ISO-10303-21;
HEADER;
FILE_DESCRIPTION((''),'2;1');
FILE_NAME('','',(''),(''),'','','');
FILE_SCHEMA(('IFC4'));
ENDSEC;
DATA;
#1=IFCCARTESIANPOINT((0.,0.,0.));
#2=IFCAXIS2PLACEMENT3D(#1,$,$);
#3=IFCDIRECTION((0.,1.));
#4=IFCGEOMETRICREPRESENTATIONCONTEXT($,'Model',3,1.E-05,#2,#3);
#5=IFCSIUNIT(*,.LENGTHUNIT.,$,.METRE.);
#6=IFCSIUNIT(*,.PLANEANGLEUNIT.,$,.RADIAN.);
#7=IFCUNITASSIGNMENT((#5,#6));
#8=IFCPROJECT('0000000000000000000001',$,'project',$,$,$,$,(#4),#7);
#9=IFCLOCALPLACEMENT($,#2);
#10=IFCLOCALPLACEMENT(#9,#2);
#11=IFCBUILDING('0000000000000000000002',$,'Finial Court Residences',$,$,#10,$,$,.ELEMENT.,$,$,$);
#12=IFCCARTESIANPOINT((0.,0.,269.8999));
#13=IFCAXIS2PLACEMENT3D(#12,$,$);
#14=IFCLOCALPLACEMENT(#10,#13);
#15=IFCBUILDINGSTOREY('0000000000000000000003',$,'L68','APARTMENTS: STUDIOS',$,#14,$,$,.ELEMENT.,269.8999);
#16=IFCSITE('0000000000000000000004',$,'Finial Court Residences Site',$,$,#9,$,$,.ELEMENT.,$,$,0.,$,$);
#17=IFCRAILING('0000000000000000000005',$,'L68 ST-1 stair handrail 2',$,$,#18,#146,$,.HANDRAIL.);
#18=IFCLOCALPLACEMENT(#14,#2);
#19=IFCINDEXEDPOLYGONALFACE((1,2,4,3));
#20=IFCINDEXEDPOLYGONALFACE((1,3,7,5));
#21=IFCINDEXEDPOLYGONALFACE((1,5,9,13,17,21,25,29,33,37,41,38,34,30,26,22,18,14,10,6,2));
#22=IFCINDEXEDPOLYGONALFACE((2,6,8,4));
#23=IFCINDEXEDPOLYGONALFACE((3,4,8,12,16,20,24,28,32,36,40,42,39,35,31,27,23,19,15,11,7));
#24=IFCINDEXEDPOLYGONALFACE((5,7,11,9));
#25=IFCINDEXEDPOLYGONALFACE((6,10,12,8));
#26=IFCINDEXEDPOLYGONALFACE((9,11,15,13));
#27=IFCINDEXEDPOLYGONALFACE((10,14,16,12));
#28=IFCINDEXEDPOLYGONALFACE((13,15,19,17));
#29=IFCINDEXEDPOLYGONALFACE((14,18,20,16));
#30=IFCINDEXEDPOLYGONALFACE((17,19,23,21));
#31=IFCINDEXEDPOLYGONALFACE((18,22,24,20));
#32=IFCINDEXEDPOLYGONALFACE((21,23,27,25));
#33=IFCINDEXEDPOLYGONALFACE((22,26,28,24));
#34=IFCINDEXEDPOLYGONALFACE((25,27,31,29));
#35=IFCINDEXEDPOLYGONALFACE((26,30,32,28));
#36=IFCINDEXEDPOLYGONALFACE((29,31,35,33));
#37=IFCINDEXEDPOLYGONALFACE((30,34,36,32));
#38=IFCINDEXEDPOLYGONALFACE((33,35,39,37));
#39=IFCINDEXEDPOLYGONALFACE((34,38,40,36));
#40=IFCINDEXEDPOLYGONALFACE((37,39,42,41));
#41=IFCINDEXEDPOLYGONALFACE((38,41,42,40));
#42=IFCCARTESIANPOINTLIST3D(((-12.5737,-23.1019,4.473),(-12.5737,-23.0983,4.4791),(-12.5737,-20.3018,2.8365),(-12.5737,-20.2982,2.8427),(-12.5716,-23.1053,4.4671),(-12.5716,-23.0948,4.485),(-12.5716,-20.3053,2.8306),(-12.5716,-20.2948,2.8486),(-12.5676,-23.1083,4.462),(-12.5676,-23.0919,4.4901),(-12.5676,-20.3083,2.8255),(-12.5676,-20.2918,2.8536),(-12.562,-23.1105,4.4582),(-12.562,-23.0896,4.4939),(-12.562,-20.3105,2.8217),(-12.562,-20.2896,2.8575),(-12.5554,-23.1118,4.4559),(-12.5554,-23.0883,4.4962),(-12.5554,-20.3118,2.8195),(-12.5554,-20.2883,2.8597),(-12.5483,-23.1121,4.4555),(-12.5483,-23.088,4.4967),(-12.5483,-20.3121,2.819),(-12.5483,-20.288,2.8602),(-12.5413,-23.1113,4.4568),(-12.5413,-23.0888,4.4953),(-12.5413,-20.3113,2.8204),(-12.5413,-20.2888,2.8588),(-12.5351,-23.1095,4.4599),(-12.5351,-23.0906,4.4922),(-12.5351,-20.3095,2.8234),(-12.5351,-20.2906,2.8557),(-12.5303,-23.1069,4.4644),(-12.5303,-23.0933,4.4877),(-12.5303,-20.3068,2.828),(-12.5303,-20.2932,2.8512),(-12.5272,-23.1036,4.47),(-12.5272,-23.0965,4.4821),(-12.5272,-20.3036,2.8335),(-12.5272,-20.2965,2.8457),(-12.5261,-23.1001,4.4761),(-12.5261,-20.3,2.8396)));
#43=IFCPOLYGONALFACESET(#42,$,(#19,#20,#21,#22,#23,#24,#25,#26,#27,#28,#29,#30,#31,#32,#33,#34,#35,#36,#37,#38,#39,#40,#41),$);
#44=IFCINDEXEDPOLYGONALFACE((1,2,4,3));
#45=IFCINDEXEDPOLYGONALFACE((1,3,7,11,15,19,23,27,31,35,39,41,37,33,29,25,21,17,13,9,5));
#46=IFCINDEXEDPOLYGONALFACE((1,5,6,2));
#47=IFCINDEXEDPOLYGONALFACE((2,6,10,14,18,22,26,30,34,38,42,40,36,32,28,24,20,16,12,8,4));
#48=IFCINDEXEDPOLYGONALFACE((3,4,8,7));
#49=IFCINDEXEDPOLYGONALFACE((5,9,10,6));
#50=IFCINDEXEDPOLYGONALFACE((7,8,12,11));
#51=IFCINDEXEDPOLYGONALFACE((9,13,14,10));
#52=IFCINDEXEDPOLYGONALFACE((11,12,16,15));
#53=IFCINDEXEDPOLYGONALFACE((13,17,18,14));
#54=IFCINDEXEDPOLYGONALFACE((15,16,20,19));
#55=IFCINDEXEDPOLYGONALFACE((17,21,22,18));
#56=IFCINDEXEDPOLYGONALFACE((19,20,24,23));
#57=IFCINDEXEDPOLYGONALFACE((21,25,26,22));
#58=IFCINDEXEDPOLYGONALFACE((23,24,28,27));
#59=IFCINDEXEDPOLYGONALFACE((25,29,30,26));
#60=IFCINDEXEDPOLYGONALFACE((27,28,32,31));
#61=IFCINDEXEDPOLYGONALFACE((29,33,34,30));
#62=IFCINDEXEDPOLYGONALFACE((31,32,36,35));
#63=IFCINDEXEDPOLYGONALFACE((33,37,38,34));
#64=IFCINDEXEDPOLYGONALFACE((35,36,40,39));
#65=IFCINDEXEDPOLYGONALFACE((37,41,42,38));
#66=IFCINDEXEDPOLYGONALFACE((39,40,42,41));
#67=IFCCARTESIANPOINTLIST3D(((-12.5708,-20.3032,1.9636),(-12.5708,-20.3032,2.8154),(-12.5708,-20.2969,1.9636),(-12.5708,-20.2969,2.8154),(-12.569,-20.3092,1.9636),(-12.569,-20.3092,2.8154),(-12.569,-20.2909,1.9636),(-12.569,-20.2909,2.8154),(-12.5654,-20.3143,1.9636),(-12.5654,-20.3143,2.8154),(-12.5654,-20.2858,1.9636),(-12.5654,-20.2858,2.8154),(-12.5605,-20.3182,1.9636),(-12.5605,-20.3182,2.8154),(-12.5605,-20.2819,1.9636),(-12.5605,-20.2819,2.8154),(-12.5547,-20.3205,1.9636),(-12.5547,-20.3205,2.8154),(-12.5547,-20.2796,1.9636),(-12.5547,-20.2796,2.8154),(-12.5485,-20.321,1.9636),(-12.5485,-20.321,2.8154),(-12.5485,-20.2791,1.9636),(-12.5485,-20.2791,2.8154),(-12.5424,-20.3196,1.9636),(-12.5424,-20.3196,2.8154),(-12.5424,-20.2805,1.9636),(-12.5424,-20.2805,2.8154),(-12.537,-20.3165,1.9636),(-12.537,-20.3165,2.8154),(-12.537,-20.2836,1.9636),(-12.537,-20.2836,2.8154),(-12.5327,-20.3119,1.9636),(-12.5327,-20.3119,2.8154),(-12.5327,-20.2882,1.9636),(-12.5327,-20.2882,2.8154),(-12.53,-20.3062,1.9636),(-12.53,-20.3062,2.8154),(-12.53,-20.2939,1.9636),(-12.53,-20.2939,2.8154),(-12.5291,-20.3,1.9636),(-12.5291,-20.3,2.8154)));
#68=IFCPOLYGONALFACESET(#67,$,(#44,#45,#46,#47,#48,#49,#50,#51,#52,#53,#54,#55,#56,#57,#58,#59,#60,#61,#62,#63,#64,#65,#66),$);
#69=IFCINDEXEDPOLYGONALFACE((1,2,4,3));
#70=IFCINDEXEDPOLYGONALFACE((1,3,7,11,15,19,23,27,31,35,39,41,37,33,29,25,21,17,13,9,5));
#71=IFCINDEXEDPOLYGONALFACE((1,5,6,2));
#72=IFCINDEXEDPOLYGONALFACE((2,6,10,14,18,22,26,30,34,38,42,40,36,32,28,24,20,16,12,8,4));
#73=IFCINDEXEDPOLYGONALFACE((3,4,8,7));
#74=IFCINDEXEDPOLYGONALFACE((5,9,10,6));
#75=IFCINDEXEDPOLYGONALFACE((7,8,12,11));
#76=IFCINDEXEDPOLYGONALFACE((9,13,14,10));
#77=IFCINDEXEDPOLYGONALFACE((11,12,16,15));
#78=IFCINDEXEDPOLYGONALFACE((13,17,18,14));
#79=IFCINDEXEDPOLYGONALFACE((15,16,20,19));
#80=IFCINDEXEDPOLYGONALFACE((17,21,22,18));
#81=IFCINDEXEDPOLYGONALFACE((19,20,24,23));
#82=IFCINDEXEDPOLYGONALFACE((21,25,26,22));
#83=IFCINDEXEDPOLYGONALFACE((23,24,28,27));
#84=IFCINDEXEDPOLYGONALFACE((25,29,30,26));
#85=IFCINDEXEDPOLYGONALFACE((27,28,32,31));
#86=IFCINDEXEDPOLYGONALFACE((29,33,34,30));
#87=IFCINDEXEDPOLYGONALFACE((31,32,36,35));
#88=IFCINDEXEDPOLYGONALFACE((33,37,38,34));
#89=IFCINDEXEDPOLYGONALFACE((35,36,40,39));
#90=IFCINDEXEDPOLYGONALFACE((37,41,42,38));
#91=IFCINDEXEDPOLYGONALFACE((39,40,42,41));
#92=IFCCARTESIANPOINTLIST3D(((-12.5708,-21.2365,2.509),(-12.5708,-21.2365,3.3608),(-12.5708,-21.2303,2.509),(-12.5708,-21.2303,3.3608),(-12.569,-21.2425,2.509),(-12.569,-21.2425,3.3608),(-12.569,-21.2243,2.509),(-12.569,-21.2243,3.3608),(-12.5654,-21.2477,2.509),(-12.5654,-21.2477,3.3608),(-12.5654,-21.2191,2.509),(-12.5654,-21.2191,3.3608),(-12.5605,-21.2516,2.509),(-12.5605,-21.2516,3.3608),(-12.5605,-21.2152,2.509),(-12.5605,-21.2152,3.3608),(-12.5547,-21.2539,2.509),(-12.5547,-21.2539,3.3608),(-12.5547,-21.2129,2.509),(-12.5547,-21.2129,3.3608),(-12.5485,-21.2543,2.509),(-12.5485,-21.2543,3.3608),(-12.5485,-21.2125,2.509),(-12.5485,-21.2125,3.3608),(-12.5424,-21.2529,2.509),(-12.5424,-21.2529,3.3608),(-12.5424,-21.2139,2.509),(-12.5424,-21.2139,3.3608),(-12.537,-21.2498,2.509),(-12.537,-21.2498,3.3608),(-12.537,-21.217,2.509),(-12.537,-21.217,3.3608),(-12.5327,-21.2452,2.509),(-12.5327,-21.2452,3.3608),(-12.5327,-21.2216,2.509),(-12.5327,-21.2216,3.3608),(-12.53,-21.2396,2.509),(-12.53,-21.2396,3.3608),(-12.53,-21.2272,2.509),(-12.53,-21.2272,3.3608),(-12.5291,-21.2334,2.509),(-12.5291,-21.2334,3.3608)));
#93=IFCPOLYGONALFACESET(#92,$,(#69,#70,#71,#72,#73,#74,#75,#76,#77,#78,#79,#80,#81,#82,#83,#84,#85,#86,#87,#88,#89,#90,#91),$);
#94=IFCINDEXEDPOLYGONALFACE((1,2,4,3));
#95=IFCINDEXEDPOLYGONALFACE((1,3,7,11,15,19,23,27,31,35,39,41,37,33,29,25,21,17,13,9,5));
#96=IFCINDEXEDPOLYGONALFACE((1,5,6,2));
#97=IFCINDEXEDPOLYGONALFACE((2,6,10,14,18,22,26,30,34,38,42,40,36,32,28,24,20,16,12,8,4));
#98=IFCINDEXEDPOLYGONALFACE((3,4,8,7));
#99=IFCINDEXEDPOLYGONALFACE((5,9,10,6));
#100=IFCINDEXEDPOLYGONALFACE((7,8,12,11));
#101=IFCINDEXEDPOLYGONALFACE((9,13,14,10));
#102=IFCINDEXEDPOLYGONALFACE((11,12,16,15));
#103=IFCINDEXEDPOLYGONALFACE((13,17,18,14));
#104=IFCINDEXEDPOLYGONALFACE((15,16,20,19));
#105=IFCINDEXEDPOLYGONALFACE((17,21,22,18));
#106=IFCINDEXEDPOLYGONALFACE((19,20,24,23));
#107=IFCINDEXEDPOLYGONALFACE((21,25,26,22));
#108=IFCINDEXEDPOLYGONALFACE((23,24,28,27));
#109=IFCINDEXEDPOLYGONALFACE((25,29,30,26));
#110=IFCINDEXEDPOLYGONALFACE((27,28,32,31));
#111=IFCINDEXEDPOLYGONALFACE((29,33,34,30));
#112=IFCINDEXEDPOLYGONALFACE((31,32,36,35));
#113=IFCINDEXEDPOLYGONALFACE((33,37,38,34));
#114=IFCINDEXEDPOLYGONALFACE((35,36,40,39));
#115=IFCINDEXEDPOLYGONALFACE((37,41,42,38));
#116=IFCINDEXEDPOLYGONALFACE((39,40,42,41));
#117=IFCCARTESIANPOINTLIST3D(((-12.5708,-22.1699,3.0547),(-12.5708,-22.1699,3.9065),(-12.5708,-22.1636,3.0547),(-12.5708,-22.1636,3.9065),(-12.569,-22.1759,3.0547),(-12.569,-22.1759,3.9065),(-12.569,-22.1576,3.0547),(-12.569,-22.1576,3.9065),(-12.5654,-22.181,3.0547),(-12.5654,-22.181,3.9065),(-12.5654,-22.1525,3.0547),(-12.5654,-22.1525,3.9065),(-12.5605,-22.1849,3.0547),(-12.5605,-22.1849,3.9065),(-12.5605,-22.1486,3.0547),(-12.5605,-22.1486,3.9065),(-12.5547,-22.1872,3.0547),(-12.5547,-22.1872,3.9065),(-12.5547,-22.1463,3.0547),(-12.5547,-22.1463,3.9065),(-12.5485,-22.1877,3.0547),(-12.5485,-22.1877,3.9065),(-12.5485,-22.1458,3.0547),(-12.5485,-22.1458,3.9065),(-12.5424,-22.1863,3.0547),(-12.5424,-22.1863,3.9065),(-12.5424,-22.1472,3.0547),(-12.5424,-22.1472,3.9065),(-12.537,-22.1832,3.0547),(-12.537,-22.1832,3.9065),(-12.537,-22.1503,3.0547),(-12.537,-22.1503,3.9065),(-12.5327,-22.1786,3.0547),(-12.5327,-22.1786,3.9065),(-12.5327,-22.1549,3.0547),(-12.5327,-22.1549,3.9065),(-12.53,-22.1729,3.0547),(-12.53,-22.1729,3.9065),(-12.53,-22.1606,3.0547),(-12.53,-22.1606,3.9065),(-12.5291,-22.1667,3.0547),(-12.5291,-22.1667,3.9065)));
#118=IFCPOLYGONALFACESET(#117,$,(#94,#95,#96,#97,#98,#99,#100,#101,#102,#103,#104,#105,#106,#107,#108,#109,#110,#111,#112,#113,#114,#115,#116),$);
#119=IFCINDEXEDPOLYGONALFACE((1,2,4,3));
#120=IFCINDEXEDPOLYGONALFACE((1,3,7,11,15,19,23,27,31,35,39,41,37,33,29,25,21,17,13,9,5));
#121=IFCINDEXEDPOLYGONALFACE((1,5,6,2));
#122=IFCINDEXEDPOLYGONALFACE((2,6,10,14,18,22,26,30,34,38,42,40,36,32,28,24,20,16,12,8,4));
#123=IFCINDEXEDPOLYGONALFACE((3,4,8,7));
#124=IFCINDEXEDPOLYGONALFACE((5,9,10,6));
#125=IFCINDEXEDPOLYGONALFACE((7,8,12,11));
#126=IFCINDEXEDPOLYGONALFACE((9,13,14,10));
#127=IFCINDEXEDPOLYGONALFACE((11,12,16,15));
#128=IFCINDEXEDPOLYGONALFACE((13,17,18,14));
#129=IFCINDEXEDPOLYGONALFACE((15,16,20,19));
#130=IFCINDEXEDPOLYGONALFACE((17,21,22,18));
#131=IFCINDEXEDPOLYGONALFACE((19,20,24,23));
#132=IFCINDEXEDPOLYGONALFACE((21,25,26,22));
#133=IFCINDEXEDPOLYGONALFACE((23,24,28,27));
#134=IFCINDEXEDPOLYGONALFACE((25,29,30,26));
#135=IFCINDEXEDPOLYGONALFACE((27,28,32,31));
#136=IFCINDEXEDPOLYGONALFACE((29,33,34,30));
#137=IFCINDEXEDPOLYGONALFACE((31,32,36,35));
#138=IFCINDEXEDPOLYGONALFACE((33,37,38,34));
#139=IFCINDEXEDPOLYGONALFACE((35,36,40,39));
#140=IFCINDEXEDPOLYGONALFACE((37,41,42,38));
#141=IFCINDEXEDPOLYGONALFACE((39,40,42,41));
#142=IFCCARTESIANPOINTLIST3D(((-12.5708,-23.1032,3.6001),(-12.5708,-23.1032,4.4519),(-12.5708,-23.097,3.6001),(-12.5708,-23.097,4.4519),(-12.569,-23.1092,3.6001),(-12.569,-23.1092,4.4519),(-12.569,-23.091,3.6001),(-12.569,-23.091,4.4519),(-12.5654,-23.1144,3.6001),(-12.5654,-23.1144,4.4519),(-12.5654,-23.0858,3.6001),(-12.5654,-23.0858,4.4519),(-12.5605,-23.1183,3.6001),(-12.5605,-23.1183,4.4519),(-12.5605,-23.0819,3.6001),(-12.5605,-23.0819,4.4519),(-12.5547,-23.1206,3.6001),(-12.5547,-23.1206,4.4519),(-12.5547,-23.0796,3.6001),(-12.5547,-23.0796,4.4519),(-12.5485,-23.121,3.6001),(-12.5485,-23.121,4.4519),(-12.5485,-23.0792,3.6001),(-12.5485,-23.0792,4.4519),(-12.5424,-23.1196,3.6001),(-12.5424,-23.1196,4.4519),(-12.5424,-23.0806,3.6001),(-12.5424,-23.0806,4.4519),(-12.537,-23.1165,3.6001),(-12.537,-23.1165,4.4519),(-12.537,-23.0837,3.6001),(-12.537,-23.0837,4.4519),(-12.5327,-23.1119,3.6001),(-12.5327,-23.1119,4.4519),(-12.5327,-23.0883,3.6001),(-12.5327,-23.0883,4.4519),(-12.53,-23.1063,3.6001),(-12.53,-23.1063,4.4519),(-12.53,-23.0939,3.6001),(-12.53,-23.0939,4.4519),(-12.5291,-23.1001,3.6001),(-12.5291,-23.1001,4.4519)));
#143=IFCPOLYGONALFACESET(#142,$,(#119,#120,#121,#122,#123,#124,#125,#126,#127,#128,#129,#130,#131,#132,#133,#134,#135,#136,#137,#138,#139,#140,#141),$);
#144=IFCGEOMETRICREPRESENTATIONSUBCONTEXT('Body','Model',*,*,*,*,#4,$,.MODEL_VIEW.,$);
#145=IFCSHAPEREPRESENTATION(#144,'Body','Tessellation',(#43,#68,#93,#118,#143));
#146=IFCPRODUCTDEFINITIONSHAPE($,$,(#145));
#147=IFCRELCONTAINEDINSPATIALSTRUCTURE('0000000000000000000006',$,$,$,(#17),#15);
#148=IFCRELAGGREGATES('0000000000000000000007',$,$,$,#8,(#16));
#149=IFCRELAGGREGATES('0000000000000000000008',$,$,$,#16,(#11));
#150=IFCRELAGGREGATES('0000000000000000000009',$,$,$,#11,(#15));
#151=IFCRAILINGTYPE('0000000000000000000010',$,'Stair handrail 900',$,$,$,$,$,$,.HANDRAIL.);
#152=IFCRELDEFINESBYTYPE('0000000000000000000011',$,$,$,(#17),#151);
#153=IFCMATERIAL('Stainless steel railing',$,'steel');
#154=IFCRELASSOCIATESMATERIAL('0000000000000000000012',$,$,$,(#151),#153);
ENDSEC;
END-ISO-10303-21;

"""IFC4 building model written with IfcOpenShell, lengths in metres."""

from ifc_helpers import new_model, si_unit, direction, frame, origin, origin_2d, place, context, subcontext, project, spatial, circle, extrude, material, type_object, element, save


model = new_model("IFC4")

# Units and contexts
model_context = context("Model", 3, precision=1e-05, world=origin(), true_north=direction((0.0, 1.0)))
body_context = subcontext(model_context, "Body", "Model", "MODEL_VIEW")
ifc_project = project(units=[si_unit("LENGTHUNIT", "METRE"), si_unit("PLANEANGLEUNIT", "RADIAN")], contexts=[model_context])

# Site, building, storey
site_placement = place(None, origin())
site = spatial("IfcSite", under=ifc_project, at=site_placement, Name="Finial Court Residences Site", CompositionType="ELEMENT", RefElevation=0.0)
building_placement = place(site_placement, origin())
building = spatial("IfcBuilding", under=site, at=building_placement, Name="Finial Court Residences", CompositionType="ELEMENT")
storey_placement = place(building_placement, frame((0.0, 0.0, 269.8999)))
storey = spatial("IfcBuildingStorey", under=building, at=storey_placement, Name="L68", Description="APARTMENTS: STUDIOS", CompositionType="ELEMENT", Elevation=269.8999)

# Railing
ifc_material_1 = material(Name="Stainless steel railing", Category="steel")
railing_type_1 = type_object("IfcRailingType", Name="Stair handrail 900", PredefinedType="HANDRAIL", material=ifc_material_1)
railing_1_placement = place(storey_placement, frame((-12.55, -20.3, 1.9636)))
element("IfcRailing", 1, at=railing_1_placement, inside=storey, type_object=railing_type_1, Name="L68 ST-1 stair handrail 2", PredefinedType="HANDRAIL", context=body_context, shape_type="SweptSolid", body=[
    extrude(circle(Radius=0.0239, at=origin_2d()), frame((0.0, 0.0, 0.876), z_axis=(0.0, -0.863361, 0.504587), x_axis=(1.0, 0.0, 0.0)), (0.0, 0.0, 1.0), 3.2432),
    extrude(circle(Radius=0.021, at=origin_2d()), origin(), (0.0, 0.0, 1.0), 0.8518),
    extrude(circle(Radius=0.021, at=origin_2d()), frame((0.0, -0.9333, 0.5454)), (0.0, 0.0, 1.0), 0.8518),
    extrude(circle(Radius=0.021, at=origin_2d()), frame((0.0, -1.8667, 1.0911)), (0.0, 0.0, 1.0), 0.8518),
    extrude(circle(Radius=0.021, at=origin_2d()), frame((0.0, -2.8, 1.6365)), (0.0, 0.0, 1.0), 0.8518),
])

save(model, "model.ifc")
